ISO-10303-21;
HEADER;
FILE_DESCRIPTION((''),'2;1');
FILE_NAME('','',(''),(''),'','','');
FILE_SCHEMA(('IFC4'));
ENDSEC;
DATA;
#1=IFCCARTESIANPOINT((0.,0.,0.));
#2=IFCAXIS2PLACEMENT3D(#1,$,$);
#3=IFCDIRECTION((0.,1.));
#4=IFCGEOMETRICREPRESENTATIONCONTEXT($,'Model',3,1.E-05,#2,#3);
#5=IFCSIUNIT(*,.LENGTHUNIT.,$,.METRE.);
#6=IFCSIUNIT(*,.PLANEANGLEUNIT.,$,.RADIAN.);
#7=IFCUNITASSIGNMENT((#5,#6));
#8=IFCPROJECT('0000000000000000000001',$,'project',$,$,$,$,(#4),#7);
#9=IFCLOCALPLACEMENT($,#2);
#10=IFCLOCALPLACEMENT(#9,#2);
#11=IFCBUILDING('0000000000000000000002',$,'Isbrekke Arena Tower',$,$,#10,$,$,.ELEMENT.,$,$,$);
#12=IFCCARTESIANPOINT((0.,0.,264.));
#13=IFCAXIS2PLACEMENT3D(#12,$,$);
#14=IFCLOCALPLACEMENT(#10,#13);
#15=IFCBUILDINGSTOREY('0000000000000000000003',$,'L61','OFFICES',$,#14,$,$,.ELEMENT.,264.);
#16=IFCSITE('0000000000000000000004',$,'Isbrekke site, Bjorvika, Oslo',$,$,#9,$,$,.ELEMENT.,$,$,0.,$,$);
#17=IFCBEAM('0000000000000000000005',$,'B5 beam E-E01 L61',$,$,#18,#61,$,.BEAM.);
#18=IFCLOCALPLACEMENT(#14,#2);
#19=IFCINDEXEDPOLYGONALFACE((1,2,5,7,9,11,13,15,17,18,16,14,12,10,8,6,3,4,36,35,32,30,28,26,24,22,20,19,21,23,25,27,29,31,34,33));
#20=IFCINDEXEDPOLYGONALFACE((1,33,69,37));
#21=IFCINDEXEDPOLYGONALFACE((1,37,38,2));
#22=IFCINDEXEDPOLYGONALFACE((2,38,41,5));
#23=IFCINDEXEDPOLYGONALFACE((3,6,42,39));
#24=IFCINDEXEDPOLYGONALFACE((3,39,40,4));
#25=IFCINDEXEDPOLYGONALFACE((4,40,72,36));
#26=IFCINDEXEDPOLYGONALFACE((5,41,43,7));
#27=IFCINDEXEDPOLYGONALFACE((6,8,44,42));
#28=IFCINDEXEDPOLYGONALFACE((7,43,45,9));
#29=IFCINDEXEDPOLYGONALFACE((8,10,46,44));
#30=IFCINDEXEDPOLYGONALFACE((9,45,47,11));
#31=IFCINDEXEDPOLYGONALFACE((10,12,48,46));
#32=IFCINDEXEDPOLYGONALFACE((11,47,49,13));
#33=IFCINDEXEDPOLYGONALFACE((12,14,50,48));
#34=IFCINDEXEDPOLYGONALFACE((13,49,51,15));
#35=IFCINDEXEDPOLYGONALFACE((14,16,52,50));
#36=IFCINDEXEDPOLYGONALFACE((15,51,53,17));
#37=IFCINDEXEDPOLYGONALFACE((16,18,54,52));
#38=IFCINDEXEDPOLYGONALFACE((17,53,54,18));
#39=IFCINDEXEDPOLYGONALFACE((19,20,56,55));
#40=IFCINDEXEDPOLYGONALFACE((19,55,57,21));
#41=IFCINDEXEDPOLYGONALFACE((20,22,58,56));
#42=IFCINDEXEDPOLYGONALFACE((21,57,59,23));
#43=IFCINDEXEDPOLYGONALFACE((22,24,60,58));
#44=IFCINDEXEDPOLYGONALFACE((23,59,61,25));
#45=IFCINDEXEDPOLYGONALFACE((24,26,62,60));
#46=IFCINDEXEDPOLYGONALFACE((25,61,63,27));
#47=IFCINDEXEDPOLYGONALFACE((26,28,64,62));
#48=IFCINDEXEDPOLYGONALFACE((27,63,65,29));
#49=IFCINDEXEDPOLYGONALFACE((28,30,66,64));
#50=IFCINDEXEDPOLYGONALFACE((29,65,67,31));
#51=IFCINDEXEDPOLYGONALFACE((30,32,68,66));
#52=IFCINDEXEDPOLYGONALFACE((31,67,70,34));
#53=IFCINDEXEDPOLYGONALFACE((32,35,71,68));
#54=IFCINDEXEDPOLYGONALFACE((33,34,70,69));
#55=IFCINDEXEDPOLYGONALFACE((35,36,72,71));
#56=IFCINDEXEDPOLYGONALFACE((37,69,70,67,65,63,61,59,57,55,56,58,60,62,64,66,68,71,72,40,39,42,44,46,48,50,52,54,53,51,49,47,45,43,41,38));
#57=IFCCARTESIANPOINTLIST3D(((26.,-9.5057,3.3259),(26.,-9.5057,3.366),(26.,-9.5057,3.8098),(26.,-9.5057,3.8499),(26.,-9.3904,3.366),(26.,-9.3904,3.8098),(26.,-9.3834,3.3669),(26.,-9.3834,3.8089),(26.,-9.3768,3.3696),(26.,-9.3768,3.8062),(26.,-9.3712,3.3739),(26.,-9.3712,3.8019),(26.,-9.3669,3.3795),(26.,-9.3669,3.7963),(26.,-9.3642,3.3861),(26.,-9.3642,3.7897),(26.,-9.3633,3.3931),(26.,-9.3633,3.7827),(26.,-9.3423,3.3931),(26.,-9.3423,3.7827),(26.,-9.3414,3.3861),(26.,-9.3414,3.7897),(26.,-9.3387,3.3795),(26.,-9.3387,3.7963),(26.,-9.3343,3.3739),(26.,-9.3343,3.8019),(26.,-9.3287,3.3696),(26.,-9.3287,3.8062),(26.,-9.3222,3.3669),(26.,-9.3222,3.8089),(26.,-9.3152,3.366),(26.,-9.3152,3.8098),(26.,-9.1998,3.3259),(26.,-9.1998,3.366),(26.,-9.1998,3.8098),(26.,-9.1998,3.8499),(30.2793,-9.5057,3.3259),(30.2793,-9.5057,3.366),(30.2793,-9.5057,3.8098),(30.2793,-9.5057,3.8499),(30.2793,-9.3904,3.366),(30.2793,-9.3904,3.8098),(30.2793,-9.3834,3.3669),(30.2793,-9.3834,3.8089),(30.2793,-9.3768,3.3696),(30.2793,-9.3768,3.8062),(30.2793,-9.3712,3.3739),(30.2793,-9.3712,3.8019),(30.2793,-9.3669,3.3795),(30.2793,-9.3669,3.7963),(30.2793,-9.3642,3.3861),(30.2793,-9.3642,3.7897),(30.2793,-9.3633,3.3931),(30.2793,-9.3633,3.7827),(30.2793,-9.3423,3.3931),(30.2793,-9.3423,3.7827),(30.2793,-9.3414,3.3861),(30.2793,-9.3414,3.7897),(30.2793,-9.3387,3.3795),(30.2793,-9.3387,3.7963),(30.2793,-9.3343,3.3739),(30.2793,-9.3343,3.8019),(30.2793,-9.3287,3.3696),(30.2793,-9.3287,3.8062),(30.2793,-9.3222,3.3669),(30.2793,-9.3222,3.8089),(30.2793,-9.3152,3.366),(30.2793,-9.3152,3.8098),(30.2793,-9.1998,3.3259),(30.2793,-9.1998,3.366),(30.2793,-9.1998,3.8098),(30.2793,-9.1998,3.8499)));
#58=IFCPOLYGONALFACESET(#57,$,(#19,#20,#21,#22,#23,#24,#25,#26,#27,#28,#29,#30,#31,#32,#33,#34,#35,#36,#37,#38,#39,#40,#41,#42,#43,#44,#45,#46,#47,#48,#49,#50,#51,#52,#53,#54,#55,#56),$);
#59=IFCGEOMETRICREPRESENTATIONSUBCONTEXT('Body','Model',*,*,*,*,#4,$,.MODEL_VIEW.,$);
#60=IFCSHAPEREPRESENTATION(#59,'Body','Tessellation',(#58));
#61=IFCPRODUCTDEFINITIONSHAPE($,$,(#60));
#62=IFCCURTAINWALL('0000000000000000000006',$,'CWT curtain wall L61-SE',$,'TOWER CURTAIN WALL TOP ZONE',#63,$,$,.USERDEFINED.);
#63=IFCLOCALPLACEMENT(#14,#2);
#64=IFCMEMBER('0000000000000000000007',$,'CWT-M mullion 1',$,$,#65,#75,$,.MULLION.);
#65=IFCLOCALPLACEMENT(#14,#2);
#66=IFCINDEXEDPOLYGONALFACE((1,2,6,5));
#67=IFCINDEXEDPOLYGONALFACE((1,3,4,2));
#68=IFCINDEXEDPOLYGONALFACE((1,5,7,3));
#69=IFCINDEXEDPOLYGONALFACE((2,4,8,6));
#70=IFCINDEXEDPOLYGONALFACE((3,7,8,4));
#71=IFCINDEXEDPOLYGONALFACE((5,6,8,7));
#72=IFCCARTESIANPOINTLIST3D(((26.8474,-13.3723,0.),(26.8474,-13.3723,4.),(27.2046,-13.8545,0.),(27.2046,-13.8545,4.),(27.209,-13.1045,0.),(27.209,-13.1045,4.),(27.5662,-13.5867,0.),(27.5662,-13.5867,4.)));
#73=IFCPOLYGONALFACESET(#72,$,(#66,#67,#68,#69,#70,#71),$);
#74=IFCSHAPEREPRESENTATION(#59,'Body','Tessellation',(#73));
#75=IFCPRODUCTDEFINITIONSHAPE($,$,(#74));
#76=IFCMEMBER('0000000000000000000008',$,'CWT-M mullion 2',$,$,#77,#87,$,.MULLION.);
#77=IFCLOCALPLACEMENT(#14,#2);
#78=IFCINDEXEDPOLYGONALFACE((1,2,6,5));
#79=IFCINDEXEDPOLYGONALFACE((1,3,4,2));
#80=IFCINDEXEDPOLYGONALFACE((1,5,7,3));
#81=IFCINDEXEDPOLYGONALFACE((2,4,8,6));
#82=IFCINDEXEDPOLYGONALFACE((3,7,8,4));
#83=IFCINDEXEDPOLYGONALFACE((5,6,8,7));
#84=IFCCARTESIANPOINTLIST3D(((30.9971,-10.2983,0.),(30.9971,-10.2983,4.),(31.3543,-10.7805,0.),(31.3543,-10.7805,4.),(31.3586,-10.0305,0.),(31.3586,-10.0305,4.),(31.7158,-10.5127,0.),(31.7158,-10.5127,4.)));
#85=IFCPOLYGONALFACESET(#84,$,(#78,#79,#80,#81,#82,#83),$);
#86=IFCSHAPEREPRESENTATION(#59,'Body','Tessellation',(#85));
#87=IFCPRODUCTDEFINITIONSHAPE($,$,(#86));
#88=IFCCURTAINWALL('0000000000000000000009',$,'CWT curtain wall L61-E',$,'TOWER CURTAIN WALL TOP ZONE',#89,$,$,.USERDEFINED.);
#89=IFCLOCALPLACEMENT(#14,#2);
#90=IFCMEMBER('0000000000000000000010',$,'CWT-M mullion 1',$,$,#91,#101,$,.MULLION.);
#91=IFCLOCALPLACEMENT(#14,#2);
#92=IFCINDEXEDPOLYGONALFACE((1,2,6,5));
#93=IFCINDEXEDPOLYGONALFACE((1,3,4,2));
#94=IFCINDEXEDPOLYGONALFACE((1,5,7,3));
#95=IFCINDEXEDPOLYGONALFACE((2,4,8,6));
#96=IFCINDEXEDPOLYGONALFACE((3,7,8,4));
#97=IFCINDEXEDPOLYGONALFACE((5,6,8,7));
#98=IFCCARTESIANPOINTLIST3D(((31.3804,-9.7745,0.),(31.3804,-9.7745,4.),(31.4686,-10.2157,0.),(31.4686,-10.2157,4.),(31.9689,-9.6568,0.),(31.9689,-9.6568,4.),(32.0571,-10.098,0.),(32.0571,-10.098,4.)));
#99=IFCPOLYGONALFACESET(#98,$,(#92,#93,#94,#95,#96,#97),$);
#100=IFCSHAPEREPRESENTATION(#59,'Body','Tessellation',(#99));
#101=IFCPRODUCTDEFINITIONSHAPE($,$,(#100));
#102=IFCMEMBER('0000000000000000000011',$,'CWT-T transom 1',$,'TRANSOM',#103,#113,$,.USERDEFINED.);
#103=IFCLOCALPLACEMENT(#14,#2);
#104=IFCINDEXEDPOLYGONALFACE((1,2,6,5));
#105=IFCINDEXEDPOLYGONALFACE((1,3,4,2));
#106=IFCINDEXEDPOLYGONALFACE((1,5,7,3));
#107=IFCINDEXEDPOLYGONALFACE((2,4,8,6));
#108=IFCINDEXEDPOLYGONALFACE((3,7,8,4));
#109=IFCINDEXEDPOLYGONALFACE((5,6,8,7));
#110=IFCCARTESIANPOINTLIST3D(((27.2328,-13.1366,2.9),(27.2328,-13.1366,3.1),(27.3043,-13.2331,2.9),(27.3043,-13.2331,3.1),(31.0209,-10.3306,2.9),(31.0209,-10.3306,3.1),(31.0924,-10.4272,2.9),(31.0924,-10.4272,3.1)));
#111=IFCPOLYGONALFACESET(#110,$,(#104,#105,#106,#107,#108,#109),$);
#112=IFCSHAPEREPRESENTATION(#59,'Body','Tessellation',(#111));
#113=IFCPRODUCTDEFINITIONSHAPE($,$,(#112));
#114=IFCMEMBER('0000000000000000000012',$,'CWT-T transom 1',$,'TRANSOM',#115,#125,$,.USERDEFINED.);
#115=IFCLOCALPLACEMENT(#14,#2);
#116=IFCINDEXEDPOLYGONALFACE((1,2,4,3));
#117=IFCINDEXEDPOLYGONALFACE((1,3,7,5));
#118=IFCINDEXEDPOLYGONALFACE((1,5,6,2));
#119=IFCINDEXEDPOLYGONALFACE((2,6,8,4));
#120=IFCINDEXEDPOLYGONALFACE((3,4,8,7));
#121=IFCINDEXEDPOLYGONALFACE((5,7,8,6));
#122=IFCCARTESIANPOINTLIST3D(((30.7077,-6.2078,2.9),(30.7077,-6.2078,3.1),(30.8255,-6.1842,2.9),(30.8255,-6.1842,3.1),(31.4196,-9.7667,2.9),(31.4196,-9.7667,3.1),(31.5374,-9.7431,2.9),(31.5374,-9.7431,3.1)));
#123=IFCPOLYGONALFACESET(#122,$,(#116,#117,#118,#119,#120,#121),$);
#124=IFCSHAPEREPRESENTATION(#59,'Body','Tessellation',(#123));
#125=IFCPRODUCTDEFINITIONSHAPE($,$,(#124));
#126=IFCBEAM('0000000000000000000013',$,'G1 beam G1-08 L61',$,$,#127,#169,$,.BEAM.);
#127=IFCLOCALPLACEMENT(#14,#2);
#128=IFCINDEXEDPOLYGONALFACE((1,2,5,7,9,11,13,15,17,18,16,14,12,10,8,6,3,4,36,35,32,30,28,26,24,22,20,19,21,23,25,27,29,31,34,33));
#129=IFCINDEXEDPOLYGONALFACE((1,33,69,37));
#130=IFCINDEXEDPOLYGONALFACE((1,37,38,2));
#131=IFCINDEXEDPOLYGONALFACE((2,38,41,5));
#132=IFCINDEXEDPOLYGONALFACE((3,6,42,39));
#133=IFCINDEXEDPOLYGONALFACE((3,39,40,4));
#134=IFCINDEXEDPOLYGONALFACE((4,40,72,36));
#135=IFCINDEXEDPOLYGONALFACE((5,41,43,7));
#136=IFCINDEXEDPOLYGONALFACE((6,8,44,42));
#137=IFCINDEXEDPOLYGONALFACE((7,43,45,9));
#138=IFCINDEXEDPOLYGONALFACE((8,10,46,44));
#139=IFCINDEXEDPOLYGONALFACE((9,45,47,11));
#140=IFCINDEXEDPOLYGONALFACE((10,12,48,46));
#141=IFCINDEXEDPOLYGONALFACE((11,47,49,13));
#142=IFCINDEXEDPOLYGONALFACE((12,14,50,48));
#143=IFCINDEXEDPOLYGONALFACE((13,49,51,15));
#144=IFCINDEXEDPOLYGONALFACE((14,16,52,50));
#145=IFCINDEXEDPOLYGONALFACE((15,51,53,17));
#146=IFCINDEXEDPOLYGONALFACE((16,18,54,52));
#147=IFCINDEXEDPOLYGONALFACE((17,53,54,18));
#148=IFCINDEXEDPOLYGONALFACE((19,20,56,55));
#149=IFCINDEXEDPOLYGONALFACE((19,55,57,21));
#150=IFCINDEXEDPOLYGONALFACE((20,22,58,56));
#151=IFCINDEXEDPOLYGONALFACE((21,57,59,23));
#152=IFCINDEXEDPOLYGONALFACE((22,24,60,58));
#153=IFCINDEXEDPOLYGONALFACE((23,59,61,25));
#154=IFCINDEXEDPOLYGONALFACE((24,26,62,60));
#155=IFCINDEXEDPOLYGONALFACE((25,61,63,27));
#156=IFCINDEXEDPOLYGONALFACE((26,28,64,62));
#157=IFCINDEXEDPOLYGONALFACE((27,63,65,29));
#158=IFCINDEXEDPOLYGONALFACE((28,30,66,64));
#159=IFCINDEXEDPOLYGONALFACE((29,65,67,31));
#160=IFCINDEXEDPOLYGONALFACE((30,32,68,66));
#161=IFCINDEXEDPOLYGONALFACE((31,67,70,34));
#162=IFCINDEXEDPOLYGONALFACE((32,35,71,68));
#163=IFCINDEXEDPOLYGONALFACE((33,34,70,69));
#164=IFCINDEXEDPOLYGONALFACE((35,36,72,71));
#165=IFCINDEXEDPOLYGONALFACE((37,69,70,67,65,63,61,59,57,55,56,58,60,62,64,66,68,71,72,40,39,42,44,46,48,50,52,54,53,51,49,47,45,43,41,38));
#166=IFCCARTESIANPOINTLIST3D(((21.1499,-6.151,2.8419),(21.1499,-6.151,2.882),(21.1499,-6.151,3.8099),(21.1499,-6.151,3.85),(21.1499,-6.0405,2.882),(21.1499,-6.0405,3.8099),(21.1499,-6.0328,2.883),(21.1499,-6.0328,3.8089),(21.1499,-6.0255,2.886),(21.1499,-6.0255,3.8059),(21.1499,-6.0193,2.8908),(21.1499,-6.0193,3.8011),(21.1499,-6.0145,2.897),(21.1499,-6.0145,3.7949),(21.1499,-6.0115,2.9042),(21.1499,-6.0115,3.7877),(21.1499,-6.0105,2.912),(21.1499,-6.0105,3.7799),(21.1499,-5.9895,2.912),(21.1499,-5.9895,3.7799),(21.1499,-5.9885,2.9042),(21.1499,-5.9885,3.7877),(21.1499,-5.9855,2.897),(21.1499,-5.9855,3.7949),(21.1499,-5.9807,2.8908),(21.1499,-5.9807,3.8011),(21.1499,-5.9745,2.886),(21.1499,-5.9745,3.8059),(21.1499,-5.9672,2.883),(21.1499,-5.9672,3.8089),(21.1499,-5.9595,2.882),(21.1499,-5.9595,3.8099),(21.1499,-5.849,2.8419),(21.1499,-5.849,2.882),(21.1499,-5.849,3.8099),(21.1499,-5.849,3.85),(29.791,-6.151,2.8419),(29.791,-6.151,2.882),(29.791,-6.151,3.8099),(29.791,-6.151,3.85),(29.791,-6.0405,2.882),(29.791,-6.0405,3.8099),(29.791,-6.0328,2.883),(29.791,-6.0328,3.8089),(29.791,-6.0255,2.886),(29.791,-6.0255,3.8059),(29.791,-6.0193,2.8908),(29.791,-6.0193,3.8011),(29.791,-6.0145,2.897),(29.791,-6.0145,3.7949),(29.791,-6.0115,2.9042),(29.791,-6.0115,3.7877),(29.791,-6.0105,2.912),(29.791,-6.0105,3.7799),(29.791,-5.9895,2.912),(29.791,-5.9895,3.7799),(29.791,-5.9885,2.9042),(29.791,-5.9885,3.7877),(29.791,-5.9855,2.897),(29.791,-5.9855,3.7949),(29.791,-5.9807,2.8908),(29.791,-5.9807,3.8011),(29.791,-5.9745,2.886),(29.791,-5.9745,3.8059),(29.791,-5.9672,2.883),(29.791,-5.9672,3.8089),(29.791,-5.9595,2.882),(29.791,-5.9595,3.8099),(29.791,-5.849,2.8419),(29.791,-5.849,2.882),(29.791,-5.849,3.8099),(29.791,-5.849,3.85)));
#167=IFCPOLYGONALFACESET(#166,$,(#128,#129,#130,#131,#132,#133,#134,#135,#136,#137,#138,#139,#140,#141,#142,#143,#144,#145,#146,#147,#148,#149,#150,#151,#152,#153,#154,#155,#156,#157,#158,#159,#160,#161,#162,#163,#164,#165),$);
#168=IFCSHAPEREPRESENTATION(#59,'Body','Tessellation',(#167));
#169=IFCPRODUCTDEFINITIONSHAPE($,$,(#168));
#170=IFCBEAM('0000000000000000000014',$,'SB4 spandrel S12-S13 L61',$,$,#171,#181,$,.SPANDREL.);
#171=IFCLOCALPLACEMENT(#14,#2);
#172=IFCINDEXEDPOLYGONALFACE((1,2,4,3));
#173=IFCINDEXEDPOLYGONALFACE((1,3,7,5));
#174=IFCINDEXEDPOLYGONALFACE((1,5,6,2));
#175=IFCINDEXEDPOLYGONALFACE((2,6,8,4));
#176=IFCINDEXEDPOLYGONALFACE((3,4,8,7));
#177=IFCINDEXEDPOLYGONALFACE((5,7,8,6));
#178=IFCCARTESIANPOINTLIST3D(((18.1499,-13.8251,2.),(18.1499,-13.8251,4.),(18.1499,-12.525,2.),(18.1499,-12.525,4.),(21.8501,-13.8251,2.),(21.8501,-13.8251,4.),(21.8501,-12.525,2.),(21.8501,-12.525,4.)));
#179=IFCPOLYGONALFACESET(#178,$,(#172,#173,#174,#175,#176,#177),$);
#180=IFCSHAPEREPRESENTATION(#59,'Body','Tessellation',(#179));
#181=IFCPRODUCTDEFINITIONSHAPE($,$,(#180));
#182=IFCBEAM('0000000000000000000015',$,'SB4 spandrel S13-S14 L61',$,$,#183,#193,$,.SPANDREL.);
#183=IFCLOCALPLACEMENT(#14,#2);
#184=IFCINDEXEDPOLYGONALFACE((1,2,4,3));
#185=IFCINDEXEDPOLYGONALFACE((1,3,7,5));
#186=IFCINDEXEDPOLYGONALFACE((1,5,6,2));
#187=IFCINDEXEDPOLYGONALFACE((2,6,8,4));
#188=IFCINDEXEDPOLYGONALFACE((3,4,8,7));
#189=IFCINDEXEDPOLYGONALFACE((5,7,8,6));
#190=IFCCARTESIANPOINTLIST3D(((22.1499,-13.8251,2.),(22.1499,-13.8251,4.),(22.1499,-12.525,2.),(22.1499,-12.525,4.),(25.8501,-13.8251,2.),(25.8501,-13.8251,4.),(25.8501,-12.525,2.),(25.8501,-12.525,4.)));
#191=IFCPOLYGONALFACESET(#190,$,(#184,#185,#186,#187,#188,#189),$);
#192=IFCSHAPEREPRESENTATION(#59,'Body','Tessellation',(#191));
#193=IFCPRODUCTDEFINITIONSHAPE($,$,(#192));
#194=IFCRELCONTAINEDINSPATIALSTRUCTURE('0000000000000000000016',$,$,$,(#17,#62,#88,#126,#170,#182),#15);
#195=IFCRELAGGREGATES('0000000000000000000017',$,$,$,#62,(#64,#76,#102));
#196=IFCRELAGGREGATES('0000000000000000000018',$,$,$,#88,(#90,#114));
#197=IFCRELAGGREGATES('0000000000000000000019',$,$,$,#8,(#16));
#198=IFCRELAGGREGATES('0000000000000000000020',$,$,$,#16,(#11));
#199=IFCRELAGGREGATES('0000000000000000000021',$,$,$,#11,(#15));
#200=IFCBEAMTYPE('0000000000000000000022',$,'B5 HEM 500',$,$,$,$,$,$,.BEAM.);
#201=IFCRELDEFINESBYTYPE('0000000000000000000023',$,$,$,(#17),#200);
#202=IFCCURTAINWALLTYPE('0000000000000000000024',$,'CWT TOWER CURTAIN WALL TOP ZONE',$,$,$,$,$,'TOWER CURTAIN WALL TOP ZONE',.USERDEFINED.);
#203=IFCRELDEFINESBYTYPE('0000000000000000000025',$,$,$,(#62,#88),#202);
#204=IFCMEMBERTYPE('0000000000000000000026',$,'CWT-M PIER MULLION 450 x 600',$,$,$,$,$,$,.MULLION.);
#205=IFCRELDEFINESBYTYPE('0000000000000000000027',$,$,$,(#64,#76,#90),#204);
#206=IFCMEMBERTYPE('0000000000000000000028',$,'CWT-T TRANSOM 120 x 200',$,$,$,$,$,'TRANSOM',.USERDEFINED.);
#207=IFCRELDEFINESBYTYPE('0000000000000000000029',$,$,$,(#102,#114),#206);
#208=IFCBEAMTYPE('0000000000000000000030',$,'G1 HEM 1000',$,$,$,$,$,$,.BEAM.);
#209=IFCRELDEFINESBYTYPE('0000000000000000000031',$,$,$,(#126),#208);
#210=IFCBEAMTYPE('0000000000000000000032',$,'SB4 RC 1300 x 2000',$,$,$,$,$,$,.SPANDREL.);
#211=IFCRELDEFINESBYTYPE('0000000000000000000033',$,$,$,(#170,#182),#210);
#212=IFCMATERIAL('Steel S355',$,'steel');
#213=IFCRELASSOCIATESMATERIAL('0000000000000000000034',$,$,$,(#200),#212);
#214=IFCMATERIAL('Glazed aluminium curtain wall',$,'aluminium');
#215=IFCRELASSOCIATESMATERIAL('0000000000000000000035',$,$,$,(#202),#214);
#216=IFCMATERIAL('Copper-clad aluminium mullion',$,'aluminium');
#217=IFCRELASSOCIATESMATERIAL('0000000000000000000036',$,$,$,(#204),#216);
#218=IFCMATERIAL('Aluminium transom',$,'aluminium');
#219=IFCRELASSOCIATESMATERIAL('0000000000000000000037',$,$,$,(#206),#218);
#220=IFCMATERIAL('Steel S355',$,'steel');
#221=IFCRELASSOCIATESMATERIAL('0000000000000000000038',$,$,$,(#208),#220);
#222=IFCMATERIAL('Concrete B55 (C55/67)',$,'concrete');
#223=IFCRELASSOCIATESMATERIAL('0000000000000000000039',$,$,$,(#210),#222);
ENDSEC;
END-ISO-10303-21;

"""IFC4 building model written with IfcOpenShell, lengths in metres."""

from ifc_helpers import new_model, si_unit, direction, frame, origin, origin_2d, place, context, subcontext, project, spatial, rectangle, i_section, extrude, material, material_profile, profile_set, type_object, element, aggregate, save


model = new_model("IFC4")

# Units and contexts
model_context = context("Model", 3, precision=1e-05, world=origin(), true_north=direction((0.0, 1.0)))
body_context = subcontext(model_context, "Body", "Model", "MODEL_VIEW")
ifc_project = project(units=[si_unit("LENGTHUNIT", "METRE"), si_unit("PLANEANGLEUNIT", "RADIAN")], contexts=[model_context])

# Site, building, storey
site_placement = place(None, origin())
site = spatial("IfcSite", under=ifc_project, at=site_placement, Name="Isbrekke site, Bjorvika, Oslo", CompositionType="ELEMENT", RefElevation=0.0)
building_placement = place(site_placement, origin())
building = spatial("IfcBuilding", under=site, at=building_placement, Name="Isbrekke Arena Tower", CompositionType="ELEMENT")
storey_placement = place(building_placement, frame((0.0, 0.0, 264.0)))
storey = spatial("IfcBuildingStorey", under=building, at=storey_placement, Name="L61", Description="OFFICES", CompositionType="ELEMENT", Elevation=264.0)

# Beam
ifc_material_1 = material(Name="Steel S355", Category="steel")
ifc_material_profile_1 = material_profile(ifc_material_1, i_section(OverallWidth=0.3059, OverallDepth=0.5239, WebThickness=0.021, FlangeThickness=0.04, FilletRadius=0.0271, at=origin_2d()), Name="HEM 500")
ifc_profile_set_1 = profile_set([ifc_material_profile_1], Name="Steel S355")
beam_type_1 = type_object("IfcBeamType", Name="B5 HEM 500", PredefinedType="BEAM", material=ifc_profile_set_1)
beam_1_placement = place(storey_placement, frame((30.2793, -9.3528, 3.5879), z_axis=(-1.0, 0.0, 0.0), x_axis=(0.0, -1.0, 0.0)))
element("IfcBeam", 1, at=beam_1_placement, inside=storey, type_object=beam_type_1, Name="B5 beam E-E01 L61", PredefinedType="BEAM", context=body_context, shape_type="SweptSolid", body=[
    extrude(i_section(OverallWidth=0.3059, OverallDepth=0.5239, WebThickness=0.021, FlangeThickness=0.04, FilletRadius=0.0271, at=origin_2d()), origin(), (0.0, 0.0, 1.0), 4.2793),
])

# Curtain wall, members
ifc_material_2 = material(Name="Glazed aluminium curtain wall", Category="aluminium")
curtain_wall_type = type_object("IfcCurtainWallType", Name="CWT TOWER CURTAIN WALL TOP ZONE", ElementType="TOWER CURTAIN WALL TOP ZONE", PredefinedType="USERDEFINED", material=ifc_material_2)
curtain_wall_1_placement = place(storey_placement, origin())
curtain_wall_1 = element("IfcCurtainWall", 2, at=curtain_wall_1_placement, inside=storey, type_object=curtain_wall_type, Name="CWT curtain wall L61-SE", ObjectType="TOWER CURTAIN WALL TOP ZONE", PredefinedType="USERDEFINED")
ifc_material_3 = material(Name="Copper-clad aluminium mullion", Category="aluminium")
ifc_material_profile_2 = material_profile(ifc_material_3, rectangle(XDim=0.45, YDim=0.6001, at=origin_2d()), Name="PIER 450X600")
ifc_profile_set_2 = profile_set([ifc_material_profile_2], Name="Copper-clad aluminium mullion")
member_type_1 = type_object("IfcMemberType", Name="CWT-M PIER MULLION 450 x 600", PredefinedType="MULLION", material=ifc_profile_set_2)
member_1_placement = place(storey_placement, frame((27.2068, -13.4795, 0.0), z_axis=(0.0, 0.0, 1.0), x_axis=(0.803557, 0.595228, 0.0)))
member_1 = element("IfcMember", 3, at=member_1_placement, type_object=member_type_1, Name="CWT-M mullion 1", PredefinedType="MULLION", context=body_context, shape_type="SweptSolid", body=[
    extrude(rectangle(XDim=0.45, YDim=0.6001, at=origin_2d()), origin(), (0.0, 0.0, 1.0), 4.0),
])
member_2_placement = place(storey_placement, frame((31.3564, -10.4055, 0.0), z_axis=(0.0, 0.0, 1.0), x_axis=(0.803557, 0.595228, 0.0)))
member_2 = element("IfcMember", 4, at=member_2_placement, type_object=member_type_1, Name="CWT-M mullion 2", PredefinedType="MULLION", context=body_context, shape_type="SweptSolid", body=[
    extrude(rectangle(XDim=0.45, YDim=0.6001, at=origin_2d()), origin(), (0.0, 0.0, 1.0), 4.0),
])

# Curtain wall, member
curtain_wall_2_placement = place(storey_placement, origin())
curtain_wall_2 = element("IfcCurtainWall", 5, at=curtain_wall_2_placement, inside=storey, type_object=curtain_wall_type, Name="CWT curtain wall L61-E", ObjectType="TOWER CURTAIN WALL TOP ZONE", PredefinedType="USERDEFINED")
member_3_placement = place(storey_placement, frame((31.7188, -9.9363, 0.0), z_axis=(0.0, 0.0, 1.0), x_axis=(-0.196116, 0.980581, 0.0)))
member_3 = element("IfcMember", 6, at=member_3_placement, type_object=member_type_1, Name="CWT-M mullion 1", PredefinedType="MULLION", context=body_context, shape_type="SweptSolid", body=[
    extrude(rectangle(XDim=0.45, YDim=0.6001, at=origin_2d()), origin(), (0.0, 0.0, 1.0), 4.0),
])

# Members
ifc_material_4 = material(Name="Aluminium transom", Category="aluminium")
ifc_material_profile_3 = material_profile(ifc_material_4, rectangle(XDim=0.1201, YDim=0.2, at=origin_2d()), Name="TRANSOM 120X200")
ifc_profile_set_3 = profile_set([ifc_material_profile_3], Name="Aluminium transom")
member_type_2 = type_object("IfcMemberType", Name="CWT-T TRANSOM 120 x 200", ElementType="TRANSOM", PredefinedType="USERDEFINED", material=ifc_profile_set_3)
member_4_placement = place(storey_placement, frame((27.2686, -13.1848, 3.0), z_axis=(0.803565, 0.595216, 0.0), x_axis=(-0.595216, 0.803565, 0.0)))
member_4 = element("IfcMember", 7, at=member_4_placement, type_object=member_type_2, Name="CWT-T transom 1", ObjectType="TRANSOM", PredefinedType="USERDEFINED", context=body_context, shape_type="SweptSolid", body=[
    extrude(rectangle(XDim=0.1201, YDim=0.2, at=origin_2d()), origin(), (0.0, 0.0, 1.0), 4.7141),
])
member_5_placement = place(storey_placement, frame((31.4785, -9.7549, 3.0), z_axis=(-0.196155, 0.980573, 0.0), x_axis=(-0.980573, -0.196155, 0.0)))
member_5 = element("IfcMember", 8, at=member_5_placement, type_object=member_type_2, Name="CWT-T transom 1", ObjectType="TRANSOM", PredefinedType="USERDEFINED", context=body_context, shape_type="SweptSolid", body=[
    extrude(rectangle(XDim=0.1201, YDim=0.2, at=origin_2d()), origin(), (0.0, 0.0, 1.0), 3.6294),
])

# Beams
ifc_material_5 = material(Name="Steel S355", Category="steel")
ifc_material_profile_4 = material_profile(ifc_material_5, i_section(OverallWidth=0.302, OverallDepth=1.0081, WebThickness=0.021, FlangeThickness=0.04, FilletRadius=0.03, at=origin_2d()), Name="HEM 1000")
ifc_profile_set_4 = profile_set([ifc_material_profile_4], Name="Steel S355")
beam_type_2 = type_object("IfcBeamType", Name="G1 HEM 1000", PredefinedType="BEAM", material=ifc_profile_set_4)
beam_2_placement = place(storey_placement, frame((21.1499, -6.0, 3.3459), z_axis=(1.0, 0.0, 0.0), x_axis=(0.0, 1.0, 0.0)))
element("IfcBeam", 9, at=beam_2_placement, inside=storey, type_object=beam_type_2, Name="G1 beam G1-08 L61", PredefinedType="BEAM", context=body_context, shape_type="SweptSolid", body=[
    extrude(i_section(OverallWidth=0.302, OverallDepth=1.0081, WebThickness=0.021, FlangeThickness=0.04, FilletRadius=0.03, at=origin_2d()), origin(), (0.0, 0.0, 1.0), 8.6411),
])
ifc_material_6 = material(Name="Concrete B55 (C55/67)", Category="concrete")
ifc_material_profile_5 = material_profile(ifc_material_6, rectangle(XDim=1.3, YDim=2.0, at=origin_2d()), Name="RC 1300x2000")
ifc_profile_set_5 = profile_set([ifc_material_profile_5], Name="Concrete B55 (C55/67)")
beam_type_3 = type_object("IfcBeamType", Name="SB4 RC 1300 x 2000", PredefinedType="SPANDREL", material=ifc_profile_set_5)
for number, where, z_axis, x_axis, name in (
    (10, (18.1499, -13.175, 3.0), (1.0, 0.0, 0.0), (0.0, 1.0, 0.0), "SB4 spandrel S12-S13 L61"),
    (11, (22.1499, -13.175, 3.0), (1.0, 0.0, 0.0), (0.0, 1.0, 0.0), "SB4 spandrel S13-S14 L61"),
):
    element("IfcBeam", number, at=place(storey_placement, frame(where, z_axis=z_axis, x_axis=x_axis)), inside=storey, type_object=beam_type_3, Name=name, PredefinedType="SPANDREL", context=body_context, shape_type="SweptSolid", body=[
        extrude(rectangle(XDim=1.3, YDim=2.0, at=origin_2d()), origin(), (0.0, 0.0, 1.0), 3.7002),
    ])

aggregate(curtain_wall_1, [member_1, member_2, member_4])
aggregate(curtain_wall_2, [member_3, member_5])

save(model, "model.ifc")
